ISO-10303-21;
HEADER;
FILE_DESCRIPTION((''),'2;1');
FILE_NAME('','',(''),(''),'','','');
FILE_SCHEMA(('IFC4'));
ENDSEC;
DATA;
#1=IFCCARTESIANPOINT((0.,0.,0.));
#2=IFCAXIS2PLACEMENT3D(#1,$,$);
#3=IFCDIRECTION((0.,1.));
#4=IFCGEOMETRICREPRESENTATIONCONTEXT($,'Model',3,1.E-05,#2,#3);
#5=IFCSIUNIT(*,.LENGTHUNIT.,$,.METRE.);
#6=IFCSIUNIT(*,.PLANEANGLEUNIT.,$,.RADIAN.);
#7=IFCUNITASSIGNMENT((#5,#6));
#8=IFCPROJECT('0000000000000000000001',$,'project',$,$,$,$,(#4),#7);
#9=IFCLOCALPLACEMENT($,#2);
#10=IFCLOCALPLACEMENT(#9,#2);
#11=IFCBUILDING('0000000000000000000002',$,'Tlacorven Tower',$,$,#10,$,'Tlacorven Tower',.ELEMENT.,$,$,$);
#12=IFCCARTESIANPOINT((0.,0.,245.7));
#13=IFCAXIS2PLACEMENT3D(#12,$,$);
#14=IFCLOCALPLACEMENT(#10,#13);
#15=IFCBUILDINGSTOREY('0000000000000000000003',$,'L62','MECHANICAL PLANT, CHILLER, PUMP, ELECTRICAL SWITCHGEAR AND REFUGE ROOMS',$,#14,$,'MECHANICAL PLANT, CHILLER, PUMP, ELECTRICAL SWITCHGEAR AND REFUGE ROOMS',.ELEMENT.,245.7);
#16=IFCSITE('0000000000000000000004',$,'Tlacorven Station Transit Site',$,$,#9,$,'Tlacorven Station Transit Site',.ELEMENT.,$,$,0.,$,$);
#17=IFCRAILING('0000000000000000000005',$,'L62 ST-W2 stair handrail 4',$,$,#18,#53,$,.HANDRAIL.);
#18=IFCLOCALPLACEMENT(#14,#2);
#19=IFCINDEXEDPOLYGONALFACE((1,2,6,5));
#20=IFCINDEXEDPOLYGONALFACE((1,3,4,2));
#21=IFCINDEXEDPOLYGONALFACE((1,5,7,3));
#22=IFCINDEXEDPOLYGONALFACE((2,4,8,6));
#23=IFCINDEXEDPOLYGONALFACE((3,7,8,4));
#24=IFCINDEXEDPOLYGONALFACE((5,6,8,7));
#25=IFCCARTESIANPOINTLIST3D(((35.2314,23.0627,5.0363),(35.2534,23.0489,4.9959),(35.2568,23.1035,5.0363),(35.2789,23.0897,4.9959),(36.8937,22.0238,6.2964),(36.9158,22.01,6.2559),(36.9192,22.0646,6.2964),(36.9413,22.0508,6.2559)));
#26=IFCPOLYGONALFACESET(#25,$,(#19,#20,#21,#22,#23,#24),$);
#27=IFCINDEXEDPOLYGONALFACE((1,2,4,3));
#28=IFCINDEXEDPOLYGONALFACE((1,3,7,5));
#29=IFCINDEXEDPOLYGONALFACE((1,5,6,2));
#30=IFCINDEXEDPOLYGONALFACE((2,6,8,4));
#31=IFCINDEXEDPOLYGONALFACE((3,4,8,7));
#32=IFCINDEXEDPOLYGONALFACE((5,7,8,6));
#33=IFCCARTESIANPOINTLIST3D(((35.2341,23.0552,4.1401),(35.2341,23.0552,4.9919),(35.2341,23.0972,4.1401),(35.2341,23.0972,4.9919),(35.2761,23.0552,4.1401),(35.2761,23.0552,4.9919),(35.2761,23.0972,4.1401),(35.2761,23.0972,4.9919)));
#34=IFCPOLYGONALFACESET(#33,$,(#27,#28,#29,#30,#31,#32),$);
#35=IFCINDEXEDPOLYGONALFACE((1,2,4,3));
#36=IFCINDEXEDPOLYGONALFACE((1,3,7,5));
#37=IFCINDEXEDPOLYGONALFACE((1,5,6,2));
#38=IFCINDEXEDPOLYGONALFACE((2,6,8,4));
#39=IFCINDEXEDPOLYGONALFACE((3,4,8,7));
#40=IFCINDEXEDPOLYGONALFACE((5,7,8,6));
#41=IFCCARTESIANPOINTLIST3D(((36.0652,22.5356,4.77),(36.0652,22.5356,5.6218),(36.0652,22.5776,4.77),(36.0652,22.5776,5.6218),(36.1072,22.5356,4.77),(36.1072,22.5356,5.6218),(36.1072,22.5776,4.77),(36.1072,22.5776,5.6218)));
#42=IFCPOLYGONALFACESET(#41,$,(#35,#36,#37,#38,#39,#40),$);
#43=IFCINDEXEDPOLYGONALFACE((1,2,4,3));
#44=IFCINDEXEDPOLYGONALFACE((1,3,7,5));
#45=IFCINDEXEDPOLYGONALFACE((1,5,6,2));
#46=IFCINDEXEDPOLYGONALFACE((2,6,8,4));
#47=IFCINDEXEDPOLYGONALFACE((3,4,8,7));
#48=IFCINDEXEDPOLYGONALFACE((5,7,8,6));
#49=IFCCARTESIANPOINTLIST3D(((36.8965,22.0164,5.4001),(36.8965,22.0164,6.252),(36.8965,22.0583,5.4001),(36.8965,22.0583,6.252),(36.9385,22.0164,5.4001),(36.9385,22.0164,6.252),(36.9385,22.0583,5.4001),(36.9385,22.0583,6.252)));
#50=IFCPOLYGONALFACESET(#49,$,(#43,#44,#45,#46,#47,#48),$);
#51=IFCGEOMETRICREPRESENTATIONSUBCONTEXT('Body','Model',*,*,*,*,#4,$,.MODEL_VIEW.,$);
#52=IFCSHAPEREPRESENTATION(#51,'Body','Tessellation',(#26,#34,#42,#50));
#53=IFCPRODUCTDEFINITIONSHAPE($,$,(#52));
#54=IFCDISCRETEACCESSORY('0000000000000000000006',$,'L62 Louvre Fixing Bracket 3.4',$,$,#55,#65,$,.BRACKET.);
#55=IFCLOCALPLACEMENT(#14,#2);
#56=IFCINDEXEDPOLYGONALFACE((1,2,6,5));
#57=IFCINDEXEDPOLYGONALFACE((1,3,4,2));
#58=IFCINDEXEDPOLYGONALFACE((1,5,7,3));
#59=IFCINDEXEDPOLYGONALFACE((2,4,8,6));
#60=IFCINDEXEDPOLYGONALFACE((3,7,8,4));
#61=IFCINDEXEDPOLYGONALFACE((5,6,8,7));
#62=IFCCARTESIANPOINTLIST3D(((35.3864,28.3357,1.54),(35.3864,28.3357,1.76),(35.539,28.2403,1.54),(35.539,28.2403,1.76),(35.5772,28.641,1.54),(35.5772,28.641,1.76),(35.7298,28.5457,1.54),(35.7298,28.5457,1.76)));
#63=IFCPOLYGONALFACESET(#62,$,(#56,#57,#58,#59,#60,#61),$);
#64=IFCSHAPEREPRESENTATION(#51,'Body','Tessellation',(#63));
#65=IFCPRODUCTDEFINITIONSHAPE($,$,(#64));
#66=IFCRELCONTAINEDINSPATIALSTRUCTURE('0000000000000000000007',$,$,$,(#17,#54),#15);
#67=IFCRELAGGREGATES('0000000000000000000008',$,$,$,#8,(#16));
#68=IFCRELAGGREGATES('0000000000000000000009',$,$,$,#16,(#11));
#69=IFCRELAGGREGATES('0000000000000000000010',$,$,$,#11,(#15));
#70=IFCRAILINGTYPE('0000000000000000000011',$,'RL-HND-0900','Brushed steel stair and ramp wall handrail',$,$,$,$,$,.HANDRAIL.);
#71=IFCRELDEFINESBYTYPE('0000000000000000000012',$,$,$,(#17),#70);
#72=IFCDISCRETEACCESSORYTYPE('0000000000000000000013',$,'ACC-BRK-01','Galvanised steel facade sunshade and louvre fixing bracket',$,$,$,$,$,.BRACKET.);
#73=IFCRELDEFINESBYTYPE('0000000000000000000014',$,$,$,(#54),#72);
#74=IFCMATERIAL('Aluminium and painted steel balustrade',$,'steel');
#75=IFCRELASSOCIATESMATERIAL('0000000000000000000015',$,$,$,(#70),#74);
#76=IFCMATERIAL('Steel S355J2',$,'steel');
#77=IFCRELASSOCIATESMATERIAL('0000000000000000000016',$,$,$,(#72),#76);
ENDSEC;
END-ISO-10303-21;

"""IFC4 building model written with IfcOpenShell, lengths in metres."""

from ifc_helpers import new_model, si_unit, direction, frame, origin, origin_2d, place, context, subcontext, project, spatial, rectangle, extrude, source, transform, mapped, material, type_object, element, save


model = new_model("IFC4")

# Units and contexts
model_context = context("Model", 3, precision=1e-05, world=origin(), true_north=direction((0.0, 1.0)))
body_context = subcontext(model_context, "Body", "Model", "MODEL_VIEW")
ifc_project = project(units=[si_unit("LENGTHUNIT", "METRE"), si_unit("PLANEANGLEUNIT", "RADIAN")], contexts=[model_context])

# Site, building, storey
site_placement = place(None, origin())
site = spatial("IfcSite", under=ifc_project, at=site_placement, Name="Tlacorven Station Transit Site", LongName="Tlacorven Station Transit Site", CompositionType="ELEMENT", RefElevation=0.0)
building_placement = place(site_placement, origin())
building = spatial("IfcBuilding", under=site, at=building_placement, Name="Tlacorven Tower", LongName="Tlacorven Tower", CompositionType="ELEMENT")
storey_placement = place(building_placement, frame((0.0, 0.0, 245.7)))
storey = spatial("IfcBuildingStorey", under=building, at=storey_placement, Name="L62", Description="MECHANICAL PLANT, CHILLER, PUMP, ELECTRICAL SWITCHGEAR AND REFUGE ROOMS", LongName="MECHANICAL PLANT, CHILLER, PUMP, ELECTRICAL SWITCHGEAR AND REFUGE ROOMS", CompositionType="ELEMENT", Elevation=245.7)

# Shared definitions
ifc_material_1 = material(Name="Steel S355J2", Category="steel")

# Railing
ifc_material_2 = material(Name="Aluminium and painted steel balustrade", Category="steel")
railing_type_1 = type_object("IfcRailingType", Name="RL-HND-0900", Description="Brushed steel stair and ramp wall handrail", PredefinedType="HANDRAIL", material=ifc_material_2)
shared_shape_1 = source(origin(), body_context, "Body", "SweptSolid", [
    extrude(rectangle(XDim=0.0481, YDim=0.0481, at=origin_2d()), frame((0.0, 0.0, 0.876), z_axis=(0.713372, -0.445792, 0.540713), x_axis=(0.529943, 0.848033, 0.0)), (0.0, 0.0, 1.0), 2.3303),
    extrude(rectangle(XDim=0.042, YDim=0.042, at=origin_2d()), origin(), (0.0, 0.0, 1.0), 0.8518),
    extrude(rectangle(XDim=0.042, YDim=0.042, at=origin_2d()), frame((0.8311, -0.5195, 0.6299)), (0.0, 0.0, 1.0), 0.8518),
    extrude(rectangle(XDim=0.042, YDim=0.042, at=origin_2d()), frame((1.6624, -1.0388, 1.26)), (0.0, 0.0, 1.0), 0.8518),
])
railing_1_placement = place(storey_placement, frame((35.2551, 23.0762, 4.1401)))
element("IfcRailing", 1, at=railing_1_placement, inside=storey, type_object=railing_type_1, Name="L62 ST-W2 stair handrail 4", PredefinedType="HANDRAIL", context=body_context, shape_type="MappedRepresentation", body=[
    mapped(shared_shape_1, transform((0.0, 0.0, 0.0), scale=1.0)),
])

# Discrete accessory
discrete_accessory_type = type_object("IfcDiscreteAccessoryType", Name="ACC-BRK-01", Description="Galvanised steel facade sunshade and louvre fixing bracket", PredefinedType="BRACKET", material=ifc_material_1)
shared_shape_2 = source(origin(), body_context, "Body", "SweptSolid", [
    extrude(rectangle(XDim=0.1799, YDim=0.3601, at=origin_2d()), origin(), (0.0, 0.0, 1.0), 0.22),
])
discrete_accessory_placement = place(storey_placement, frame((35.5581, 28.4407, 1.54), z_axis=(0.0, 0.0, 1.0), x_axis=(0.848048, -0.529919, 0.0)))
element("IfcDiscreteAccessory", 2, at=discrete_accessory_placement, inside=storey, type_object=discrete_accessory_type, Name="L62 Louvre Fixing Bracket 3.4", PredefinedType="BRACKET", context=body_context, shape_type="MappedRepresentation", body=[
    mapped(shared_shape_2, transform((0.0, 0.0, 0.0), scale=1.0)),
])

save(model, "model.ifc")
